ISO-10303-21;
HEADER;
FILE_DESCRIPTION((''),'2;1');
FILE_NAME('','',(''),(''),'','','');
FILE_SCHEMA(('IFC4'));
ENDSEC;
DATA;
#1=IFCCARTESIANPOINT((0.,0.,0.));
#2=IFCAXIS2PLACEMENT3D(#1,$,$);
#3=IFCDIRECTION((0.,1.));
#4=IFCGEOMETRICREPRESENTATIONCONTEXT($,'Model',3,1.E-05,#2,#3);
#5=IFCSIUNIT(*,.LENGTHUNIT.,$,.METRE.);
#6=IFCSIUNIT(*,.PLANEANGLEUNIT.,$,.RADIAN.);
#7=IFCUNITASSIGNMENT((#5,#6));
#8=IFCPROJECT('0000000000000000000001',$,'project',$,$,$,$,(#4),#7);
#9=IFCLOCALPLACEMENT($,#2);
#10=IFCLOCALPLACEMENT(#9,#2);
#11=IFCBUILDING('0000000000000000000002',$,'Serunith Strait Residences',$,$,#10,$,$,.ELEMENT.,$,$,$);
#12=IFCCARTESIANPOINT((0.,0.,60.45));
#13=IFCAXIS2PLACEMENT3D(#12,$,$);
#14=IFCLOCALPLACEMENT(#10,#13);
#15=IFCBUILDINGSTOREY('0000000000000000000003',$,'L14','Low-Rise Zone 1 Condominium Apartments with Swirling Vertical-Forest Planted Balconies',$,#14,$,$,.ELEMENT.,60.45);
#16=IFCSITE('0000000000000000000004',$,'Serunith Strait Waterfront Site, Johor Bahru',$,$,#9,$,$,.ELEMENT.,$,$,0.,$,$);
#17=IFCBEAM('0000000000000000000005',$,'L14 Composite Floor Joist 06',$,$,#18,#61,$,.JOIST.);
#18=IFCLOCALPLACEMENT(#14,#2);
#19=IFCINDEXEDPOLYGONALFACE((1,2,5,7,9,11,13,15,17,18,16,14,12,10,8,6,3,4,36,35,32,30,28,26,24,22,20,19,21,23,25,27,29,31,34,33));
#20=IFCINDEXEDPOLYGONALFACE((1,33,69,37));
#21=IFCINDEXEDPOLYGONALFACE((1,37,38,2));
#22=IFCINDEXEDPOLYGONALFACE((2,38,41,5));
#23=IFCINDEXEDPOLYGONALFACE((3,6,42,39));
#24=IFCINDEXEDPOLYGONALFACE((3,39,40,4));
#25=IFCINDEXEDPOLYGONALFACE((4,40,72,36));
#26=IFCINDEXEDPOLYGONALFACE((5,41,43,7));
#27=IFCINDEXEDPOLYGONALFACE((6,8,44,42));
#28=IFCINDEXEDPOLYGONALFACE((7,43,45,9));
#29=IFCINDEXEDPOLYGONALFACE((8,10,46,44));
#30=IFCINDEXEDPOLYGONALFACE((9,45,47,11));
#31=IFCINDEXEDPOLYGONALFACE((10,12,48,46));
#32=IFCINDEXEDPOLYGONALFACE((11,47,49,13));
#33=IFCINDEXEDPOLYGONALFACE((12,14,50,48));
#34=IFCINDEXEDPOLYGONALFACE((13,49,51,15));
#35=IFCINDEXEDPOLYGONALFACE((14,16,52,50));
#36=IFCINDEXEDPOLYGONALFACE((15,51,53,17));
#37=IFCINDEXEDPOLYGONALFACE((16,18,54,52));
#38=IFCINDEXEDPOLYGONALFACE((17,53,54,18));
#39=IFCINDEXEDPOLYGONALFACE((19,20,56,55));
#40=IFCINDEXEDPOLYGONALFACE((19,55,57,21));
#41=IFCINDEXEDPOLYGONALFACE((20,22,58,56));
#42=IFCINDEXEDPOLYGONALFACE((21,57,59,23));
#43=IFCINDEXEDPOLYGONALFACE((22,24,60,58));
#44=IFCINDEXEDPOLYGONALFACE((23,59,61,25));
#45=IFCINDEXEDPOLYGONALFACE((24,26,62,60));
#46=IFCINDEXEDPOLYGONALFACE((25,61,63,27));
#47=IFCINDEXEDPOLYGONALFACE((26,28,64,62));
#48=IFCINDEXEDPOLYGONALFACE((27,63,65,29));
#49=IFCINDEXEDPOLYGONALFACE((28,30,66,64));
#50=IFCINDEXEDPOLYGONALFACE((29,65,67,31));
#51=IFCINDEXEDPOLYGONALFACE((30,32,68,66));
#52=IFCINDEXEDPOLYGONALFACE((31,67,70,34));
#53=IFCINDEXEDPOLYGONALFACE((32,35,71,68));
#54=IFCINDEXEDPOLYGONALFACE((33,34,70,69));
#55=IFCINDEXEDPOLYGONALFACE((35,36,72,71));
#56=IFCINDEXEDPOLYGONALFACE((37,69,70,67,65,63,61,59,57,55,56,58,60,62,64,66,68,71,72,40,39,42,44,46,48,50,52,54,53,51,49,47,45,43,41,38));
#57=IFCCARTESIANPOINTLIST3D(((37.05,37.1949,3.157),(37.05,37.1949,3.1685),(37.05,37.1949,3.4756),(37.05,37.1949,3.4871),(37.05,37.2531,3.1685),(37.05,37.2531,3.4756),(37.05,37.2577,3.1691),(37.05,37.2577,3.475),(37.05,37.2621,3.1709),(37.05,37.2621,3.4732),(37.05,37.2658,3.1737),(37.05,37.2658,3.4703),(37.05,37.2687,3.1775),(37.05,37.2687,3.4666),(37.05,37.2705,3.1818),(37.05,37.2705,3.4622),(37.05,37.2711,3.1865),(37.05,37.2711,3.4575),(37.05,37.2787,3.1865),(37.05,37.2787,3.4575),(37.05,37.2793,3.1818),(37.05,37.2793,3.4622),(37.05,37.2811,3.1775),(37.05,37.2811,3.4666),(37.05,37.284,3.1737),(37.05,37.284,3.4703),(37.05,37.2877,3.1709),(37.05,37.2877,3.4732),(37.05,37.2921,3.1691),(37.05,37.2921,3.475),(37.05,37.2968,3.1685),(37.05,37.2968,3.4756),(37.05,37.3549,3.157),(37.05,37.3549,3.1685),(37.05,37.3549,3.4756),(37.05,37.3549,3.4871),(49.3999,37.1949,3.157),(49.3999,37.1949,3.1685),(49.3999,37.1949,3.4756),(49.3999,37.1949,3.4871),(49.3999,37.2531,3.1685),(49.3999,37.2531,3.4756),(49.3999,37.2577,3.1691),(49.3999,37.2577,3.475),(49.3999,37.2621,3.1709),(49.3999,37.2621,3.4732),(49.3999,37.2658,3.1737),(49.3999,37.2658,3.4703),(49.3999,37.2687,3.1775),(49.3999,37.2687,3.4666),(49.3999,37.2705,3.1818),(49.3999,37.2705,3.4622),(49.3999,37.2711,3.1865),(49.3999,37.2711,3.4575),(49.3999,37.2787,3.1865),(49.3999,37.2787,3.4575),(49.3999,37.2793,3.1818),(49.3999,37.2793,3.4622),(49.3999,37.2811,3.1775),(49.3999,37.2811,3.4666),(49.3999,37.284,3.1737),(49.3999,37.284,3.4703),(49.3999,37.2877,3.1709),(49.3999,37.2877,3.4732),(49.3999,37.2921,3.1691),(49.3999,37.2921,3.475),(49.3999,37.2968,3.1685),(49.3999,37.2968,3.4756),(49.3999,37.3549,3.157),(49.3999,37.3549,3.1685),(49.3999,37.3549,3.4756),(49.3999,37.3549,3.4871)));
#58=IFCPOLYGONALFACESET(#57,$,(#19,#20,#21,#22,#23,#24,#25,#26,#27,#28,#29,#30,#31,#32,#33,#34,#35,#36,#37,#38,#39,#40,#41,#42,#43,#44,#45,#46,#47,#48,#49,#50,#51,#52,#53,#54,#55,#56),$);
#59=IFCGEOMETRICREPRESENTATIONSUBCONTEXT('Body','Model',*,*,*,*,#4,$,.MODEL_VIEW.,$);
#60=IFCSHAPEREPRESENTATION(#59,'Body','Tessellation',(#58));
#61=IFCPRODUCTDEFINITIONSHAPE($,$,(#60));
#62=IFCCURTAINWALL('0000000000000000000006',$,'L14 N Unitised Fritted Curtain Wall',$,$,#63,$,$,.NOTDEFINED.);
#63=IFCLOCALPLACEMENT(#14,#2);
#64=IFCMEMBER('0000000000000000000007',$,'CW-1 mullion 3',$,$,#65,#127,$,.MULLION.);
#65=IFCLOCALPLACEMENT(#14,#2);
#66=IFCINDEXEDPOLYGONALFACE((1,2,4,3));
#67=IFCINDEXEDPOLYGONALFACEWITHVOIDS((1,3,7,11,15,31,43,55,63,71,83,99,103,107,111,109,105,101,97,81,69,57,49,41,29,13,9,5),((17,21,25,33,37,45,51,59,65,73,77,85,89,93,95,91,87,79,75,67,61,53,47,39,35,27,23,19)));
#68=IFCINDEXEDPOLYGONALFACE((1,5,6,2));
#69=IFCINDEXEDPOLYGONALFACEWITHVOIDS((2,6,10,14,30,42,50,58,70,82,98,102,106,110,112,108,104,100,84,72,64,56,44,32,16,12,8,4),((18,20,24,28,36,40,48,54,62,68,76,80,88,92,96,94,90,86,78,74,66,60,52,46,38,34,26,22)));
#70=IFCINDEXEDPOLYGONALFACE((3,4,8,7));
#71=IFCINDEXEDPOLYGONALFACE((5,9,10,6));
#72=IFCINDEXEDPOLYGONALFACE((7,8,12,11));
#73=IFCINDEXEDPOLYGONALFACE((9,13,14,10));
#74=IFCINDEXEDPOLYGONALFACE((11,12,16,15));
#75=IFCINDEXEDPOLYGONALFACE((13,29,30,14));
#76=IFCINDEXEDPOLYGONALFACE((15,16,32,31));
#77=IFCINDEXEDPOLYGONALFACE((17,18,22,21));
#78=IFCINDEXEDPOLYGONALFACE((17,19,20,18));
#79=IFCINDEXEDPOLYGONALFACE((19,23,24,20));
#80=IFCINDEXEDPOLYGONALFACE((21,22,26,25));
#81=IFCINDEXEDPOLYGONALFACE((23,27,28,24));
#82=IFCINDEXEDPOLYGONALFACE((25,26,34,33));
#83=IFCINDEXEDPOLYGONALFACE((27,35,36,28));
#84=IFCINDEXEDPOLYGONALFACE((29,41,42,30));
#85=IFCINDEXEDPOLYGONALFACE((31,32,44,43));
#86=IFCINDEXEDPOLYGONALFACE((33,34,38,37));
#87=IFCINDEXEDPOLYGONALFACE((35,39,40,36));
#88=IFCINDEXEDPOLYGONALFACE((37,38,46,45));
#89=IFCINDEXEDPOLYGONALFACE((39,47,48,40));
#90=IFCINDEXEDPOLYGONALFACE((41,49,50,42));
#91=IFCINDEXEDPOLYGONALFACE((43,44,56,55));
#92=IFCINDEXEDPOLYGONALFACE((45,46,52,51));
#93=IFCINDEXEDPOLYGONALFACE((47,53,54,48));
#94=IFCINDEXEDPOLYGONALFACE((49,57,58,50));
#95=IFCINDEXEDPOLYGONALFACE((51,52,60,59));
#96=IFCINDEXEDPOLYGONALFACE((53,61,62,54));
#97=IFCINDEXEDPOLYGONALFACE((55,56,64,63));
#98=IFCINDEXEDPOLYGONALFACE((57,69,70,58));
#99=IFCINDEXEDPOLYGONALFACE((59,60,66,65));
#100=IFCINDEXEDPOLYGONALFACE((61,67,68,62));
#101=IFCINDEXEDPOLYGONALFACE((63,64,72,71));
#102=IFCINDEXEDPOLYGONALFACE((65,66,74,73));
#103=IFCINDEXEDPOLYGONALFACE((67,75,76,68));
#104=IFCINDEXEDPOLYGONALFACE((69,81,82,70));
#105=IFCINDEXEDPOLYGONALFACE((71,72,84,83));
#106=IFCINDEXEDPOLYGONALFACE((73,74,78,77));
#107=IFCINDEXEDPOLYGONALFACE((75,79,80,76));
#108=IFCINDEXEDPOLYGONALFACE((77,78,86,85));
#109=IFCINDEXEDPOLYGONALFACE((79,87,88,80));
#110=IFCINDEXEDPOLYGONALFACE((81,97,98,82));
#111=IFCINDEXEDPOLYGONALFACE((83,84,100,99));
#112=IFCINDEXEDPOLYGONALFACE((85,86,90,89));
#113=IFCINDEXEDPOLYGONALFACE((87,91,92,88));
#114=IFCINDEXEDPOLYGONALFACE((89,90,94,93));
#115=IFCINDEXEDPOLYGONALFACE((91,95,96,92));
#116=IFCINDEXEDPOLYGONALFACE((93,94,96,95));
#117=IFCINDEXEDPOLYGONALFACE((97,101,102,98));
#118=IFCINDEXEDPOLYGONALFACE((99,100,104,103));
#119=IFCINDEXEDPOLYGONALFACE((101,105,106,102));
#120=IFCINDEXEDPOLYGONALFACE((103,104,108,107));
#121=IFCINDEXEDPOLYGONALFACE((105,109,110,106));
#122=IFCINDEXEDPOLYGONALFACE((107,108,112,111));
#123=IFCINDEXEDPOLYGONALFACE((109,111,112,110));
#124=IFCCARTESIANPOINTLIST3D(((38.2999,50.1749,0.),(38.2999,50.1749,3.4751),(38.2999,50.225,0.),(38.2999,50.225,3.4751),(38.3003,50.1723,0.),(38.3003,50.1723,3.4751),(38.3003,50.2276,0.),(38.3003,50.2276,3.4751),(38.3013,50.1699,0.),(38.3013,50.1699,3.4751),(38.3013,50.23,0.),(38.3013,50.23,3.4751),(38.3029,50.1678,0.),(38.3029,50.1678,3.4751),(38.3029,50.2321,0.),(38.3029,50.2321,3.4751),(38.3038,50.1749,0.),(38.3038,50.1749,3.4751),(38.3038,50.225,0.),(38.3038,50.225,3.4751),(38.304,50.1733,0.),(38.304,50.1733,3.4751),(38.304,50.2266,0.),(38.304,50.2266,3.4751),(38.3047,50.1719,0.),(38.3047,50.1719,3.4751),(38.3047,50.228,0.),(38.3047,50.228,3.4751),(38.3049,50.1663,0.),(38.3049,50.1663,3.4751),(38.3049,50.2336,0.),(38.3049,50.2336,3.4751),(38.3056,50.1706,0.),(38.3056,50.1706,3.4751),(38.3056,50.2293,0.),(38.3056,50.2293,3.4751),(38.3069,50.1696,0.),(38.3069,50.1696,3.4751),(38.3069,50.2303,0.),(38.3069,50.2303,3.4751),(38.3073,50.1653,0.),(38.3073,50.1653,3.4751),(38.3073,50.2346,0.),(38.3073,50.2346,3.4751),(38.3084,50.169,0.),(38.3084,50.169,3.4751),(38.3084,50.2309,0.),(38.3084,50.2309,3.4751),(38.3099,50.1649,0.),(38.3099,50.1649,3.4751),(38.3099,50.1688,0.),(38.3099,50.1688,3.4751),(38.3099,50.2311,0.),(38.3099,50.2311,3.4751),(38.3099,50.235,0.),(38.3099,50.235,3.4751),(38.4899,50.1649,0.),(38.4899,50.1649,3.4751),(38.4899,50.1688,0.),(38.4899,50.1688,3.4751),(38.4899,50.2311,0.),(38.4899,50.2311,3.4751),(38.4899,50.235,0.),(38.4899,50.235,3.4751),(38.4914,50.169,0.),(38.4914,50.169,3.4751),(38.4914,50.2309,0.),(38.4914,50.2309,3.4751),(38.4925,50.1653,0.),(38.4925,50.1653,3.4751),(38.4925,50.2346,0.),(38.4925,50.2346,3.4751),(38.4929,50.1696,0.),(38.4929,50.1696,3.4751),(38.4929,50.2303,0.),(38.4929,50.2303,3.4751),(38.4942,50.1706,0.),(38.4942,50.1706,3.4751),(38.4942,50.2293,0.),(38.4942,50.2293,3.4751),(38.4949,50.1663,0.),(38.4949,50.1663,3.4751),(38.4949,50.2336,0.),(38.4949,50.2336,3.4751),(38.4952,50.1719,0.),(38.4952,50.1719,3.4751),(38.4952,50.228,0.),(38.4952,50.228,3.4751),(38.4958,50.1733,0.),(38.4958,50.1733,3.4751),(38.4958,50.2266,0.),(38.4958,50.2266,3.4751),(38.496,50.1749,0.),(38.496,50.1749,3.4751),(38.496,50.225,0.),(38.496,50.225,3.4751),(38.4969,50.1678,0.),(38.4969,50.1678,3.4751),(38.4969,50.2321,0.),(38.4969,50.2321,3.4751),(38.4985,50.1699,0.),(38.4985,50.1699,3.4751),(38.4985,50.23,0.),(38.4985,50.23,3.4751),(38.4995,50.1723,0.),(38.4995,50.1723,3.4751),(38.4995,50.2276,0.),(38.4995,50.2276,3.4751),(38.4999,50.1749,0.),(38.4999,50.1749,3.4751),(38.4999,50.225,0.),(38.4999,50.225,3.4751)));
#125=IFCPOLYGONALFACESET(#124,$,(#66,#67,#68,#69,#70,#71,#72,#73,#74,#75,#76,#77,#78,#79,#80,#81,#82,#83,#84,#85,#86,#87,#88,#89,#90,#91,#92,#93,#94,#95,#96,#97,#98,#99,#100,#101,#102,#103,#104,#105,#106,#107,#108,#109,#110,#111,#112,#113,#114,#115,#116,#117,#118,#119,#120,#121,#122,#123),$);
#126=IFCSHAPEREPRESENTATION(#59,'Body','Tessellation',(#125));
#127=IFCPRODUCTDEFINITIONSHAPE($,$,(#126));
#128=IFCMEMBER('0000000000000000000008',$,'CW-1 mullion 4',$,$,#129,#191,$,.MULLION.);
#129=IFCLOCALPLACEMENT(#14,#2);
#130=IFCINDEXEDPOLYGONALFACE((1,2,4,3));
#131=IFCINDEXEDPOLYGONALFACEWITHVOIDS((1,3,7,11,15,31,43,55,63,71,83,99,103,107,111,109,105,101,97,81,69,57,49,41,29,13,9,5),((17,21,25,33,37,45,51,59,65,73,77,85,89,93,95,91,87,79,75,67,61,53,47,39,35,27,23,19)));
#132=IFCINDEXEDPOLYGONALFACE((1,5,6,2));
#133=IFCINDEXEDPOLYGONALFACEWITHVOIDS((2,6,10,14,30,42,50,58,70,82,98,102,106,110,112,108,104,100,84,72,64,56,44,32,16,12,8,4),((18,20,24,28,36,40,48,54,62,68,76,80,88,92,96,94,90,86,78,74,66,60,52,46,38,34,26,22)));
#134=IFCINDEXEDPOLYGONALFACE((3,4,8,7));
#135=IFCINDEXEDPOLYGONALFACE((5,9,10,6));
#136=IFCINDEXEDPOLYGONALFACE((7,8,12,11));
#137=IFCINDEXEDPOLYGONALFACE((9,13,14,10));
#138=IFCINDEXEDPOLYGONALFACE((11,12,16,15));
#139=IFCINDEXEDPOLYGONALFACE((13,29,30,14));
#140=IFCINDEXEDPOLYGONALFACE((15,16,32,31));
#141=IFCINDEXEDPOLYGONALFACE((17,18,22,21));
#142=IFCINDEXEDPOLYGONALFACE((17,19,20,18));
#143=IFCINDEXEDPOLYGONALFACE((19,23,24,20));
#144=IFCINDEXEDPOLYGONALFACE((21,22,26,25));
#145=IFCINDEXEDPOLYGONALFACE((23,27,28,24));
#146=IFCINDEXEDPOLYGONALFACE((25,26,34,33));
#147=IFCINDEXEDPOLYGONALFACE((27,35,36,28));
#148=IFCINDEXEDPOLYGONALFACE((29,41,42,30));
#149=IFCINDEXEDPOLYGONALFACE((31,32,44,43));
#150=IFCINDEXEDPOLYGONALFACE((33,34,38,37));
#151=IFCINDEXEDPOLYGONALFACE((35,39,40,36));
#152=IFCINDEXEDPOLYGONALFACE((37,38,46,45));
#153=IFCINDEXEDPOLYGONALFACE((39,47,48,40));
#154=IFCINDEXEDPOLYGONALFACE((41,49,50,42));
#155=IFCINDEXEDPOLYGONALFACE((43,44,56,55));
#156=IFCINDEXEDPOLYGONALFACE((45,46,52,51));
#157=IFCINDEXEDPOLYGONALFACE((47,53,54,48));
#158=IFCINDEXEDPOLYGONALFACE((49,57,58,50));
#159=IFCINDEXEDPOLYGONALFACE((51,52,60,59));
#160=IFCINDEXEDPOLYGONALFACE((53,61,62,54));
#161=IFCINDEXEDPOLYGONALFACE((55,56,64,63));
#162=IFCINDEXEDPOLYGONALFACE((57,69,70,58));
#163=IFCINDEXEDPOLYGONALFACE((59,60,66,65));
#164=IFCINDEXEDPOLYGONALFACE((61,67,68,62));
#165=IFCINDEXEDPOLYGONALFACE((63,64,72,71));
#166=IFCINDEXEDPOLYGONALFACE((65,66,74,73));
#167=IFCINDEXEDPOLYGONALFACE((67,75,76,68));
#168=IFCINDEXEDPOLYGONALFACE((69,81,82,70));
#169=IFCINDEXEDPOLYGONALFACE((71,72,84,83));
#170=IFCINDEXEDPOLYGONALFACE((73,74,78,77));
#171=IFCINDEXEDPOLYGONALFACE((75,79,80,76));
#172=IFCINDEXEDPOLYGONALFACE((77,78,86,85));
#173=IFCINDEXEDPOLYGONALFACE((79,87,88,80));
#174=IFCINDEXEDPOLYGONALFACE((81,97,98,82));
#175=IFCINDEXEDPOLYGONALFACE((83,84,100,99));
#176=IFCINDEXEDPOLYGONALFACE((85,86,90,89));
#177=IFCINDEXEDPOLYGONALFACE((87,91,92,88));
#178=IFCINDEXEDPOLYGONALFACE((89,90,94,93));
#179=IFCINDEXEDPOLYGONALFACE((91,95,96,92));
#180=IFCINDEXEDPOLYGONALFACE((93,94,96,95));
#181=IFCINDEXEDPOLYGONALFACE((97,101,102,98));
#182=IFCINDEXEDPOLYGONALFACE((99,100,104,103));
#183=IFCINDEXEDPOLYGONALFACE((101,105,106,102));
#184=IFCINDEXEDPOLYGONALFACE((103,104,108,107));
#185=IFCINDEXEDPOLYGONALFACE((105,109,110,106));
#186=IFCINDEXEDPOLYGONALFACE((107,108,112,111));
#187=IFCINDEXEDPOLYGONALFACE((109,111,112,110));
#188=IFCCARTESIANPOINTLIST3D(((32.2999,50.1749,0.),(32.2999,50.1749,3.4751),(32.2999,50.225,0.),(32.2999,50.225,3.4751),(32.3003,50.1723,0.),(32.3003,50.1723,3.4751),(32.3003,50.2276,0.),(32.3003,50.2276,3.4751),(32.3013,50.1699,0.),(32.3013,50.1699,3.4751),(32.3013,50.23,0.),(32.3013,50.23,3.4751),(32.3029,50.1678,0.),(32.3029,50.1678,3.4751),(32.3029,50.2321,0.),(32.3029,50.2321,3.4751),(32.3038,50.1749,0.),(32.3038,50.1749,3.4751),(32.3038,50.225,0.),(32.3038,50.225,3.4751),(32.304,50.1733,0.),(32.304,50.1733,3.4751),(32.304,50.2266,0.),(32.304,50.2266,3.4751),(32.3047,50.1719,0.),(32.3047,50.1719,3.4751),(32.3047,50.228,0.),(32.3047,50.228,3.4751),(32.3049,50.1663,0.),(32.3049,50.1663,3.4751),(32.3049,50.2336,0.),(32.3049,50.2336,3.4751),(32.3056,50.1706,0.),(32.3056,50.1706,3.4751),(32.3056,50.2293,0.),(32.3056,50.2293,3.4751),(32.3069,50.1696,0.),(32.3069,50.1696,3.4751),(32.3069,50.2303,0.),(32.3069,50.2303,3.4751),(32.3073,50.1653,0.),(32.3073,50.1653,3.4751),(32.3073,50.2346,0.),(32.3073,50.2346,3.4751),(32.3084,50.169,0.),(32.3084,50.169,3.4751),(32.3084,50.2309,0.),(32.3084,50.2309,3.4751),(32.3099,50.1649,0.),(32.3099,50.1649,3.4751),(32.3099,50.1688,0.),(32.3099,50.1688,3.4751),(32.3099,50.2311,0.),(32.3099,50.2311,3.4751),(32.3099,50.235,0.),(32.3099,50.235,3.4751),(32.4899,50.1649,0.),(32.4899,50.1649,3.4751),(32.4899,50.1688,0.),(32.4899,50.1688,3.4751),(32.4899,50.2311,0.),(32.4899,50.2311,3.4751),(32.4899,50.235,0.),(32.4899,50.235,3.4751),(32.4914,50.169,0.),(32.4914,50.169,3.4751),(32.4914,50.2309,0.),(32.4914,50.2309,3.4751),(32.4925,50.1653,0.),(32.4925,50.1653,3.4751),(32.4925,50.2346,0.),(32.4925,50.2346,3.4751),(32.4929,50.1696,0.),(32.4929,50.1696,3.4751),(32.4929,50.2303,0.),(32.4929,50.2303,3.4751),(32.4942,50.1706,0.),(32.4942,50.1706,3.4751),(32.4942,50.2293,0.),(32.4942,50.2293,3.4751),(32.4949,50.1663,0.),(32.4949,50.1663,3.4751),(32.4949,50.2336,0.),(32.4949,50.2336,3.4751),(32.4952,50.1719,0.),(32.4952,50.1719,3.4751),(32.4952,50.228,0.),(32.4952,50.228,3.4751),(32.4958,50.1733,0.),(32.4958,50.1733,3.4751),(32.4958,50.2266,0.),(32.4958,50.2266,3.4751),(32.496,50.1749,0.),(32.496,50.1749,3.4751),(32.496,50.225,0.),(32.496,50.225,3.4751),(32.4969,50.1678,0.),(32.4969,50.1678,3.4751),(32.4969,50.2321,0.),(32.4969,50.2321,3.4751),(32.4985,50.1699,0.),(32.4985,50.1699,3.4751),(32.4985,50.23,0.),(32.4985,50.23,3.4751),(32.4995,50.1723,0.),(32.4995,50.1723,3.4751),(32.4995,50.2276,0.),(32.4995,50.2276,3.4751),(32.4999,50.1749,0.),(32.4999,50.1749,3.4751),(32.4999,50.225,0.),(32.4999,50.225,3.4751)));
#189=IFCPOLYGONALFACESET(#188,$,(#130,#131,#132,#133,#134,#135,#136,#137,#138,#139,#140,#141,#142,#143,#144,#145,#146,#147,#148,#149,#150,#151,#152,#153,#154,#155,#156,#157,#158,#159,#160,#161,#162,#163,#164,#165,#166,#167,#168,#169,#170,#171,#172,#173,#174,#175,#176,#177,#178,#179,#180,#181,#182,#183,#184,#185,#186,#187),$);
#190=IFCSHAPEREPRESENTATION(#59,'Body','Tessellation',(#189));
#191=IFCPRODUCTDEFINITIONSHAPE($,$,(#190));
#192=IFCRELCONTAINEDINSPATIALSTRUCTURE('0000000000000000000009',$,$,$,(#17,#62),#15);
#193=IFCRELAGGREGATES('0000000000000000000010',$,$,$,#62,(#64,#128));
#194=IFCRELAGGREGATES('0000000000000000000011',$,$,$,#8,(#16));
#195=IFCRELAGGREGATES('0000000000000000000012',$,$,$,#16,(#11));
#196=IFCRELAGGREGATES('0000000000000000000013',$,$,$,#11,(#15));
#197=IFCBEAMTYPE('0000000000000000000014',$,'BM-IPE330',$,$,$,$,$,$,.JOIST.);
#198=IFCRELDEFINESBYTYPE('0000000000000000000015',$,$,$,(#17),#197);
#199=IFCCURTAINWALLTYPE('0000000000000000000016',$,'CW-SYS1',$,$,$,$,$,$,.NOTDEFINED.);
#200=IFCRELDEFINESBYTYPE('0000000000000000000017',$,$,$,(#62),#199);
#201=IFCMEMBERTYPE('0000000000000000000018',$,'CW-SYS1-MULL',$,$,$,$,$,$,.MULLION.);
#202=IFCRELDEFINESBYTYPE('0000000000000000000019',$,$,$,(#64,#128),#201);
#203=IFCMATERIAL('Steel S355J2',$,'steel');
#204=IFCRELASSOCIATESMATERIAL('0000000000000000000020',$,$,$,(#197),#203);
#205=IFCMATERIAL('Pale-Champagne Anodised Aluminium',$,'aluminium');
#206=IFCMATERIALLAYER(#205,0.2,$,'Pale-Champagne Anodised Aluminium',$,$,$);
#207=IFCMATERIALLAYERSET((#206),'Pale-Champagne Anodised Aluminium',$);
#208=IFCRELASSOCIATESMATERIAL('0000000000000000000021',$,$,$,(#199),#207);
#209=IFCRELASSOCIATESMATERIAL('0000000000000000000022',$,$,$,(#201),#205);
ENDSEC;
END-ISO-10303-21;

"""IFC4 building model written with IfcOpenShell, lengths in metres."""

from ifc_helpers import new_model, si_unit, direction, frame, origin, origin_2d, place, context, subcontext, project, spatial, hollow_rectangle, i_section, extrude, source, transform, mapped, material, layer, layer_set, material_profile, profile_set, type_object, element, aggregate, save


model = new_model("IFC4")

# Units and contexts
model_context = context("Model", 3, precision=1e-05, world=origin(), true_north=direction((0.0, 1.0)))
body_context = subcontext(model_context, "Body", "Model", "MODEL_VIEW")
ifc_project = project(units=[si_unit("LENGTHUNIT", "METRE"), si_unit("PLANEANGLEUNIT", "RADIAN")], contexts=[model_context])

# Site, building, storey
site_placement = place(None, origin())
site = spatial("IfcSite", under=ifc_project, at=site_placement, Name="Serunith Strait Waterfront Site, Johor Bahru", CompositionType="ELEMENT", RefElevation=0.0)
building_placement = place(site_placement, origin())
building = spatial("IfcBuilding", under=site, at=building_placement, Name="Serunith Strait Residences", CompositionType="ELEMENT")
storey_placement = place(building_placement, frame((0.0, 0.0, 60.45)))
storey = spatial("IfcBuildingStorey", under=building, at=storey_placement, Name="L14", Description="Low-Rise Zone 1 Condominium Apartments with Swirling Vertical-Forest Planted Balconies", CompositionType="ELEMENT", Elevation=60.45)

# Beam
ifc_material_1 = material(Name="Steel S355J2", Category="steel")
ifc_material_profile_1 = material_profile(ifc_material_1, i_section(OverallWidth=0.1599, OverallDepth=0.3301, WebThickness=0.0076, FlangeThickness=0.0115, FilletRadius=0.0181, at=origin_2d()), Name="IPE 330")
ifc_profile_set_1 = profile_set([ifc_material_profile_1], Name="Steel S355J2")
beam_type_1 = type_object("IfcBeamType", Name="BM-IPE330", PredefinedType="JOIST", material=ifc_profile_set_1)
shared_shape_1 = source(origin(), body_context, "Body", "SweptSolid", [
    extrude(i_section(OverallWidth=0.1599, OverallDepth=0.3301, WebThickness=0.0076, FlangeThickness=0.0115, FilletRadius=0.0181, at=origin_2d()), origin(), (0.0, 0.0, 1.0), 12.3499),
])
beam_1_placement = place(storey_placement, frame((37.05, 37.2749, 3.322), z_axis=(1.0, 0.0, 0.0), x_axis=(0.0, 1.0, 0.0)))
element("IfcBeam", 1, at=beam_1_placement, inside=storey, type_object=beam_type_1, Name="L14 Composite Floor Joist 06", PredefinedType="JOIST", context=body_context, shape_type="MappedRepresentation", body=[
    mapped(shared_shape_1, transform((0.0, 0.0, 0.0), scale=1.0)),
])

# Curtain wall, members
ifc_material_2 = material(Name="Pale-Champagne Anodised Aluminium", Category="aluminium")
ifc_layer_1 = layer(ifc_material_2, 0.2, Name="Pale-Champagne Anodised Aluminium")
ifc_layer_set_1 = layer_set([ifc_layer_1], Name="Pale-Champagne Anodised Aluminium")
curtain_wall_type = type_object("IfcCurtainWallType", Name="CW-SYS1", PredefinedType="NOTDEFINED", material=ifc_layer_set_1)
curtain_wall_placement = place(storey_placement, origin())
curtain_wall = element("IfcCurtainWall", 2, at=curtain_wall_placement, inside=storey, type_object=curtain_wall_type, Name="L14 N Unitised Fritted Curtain Wall", PredefinedType="NOTDEFINED")
ifc_material_profile_2 = material_profile(ifc_material_2, hollow_rectangle(XDim=0.0701, YDim=0.2, WallThickness=0.0039, InnerFilletRadius=0.0061, OuterFilletRadius=0.01, at=origin_2d()), Name="ALU 200x70x4")
ifc_profile_set_2 = profile_set([ifc_material_profile_2], Name="Pale-Champagne Anodised Aluminium")
member_type_1 = type_object("IfcMemberType", Name="CW-SYS1-MULL", PredefinedType="MULLION", material=ifc_profile_set_2)
shared_shape_2 = source(origin(), body_context, "Body", "SweptSolid", [
    extrude(hollow_rectangle(XDim=0.0701, YDim=0.2, WallThickness=0.0039, InnerFilletRadius=0.0061, OuterFilletRadius=0.01, at=origin_2d()), origin(), (0.0, 0.0, 1.0), 3.4751),
])
member_1_placement = place(storey_placement, frame((38.3999, 50.2, 0.0), z_axis=(0.0, 0.0, 1.0), x_axis=(0.0, -1.0, 0.0)))
member_1 = element("IfcMember", 3, at=member_1_placement, type_object=member_type_1, Name="CW-1 mullion 3", PredefinedType="MULLION", context=body_context, shape_type="MappedRepresentation", body=[
    mapped(shared_shape_2, transform((0.0, 0.0, 0.0), scale=1.0)),
])
member_2_placement = place(storey_placement, frame((32.3999, 50.2, 0.0), z_axis=(0.0, 0.0, 1.0), x_axis=(0.0, -1.0, 0.0)))
member_2 = element("IfcMember", 4, at=member_2_placement, type_object=member_type_1, Name="CW-1 mullion 4", PredefinedType="MULLION", context=body_context, shape_type="MappedRepresentation", body=[
    mapped(shared_shape_2, transform((0.0, 0.0, 0.0), scale=1.0)),
])
aggregate(curtain_wall, [member_1, member_2])

save(model, "model.ifc")
